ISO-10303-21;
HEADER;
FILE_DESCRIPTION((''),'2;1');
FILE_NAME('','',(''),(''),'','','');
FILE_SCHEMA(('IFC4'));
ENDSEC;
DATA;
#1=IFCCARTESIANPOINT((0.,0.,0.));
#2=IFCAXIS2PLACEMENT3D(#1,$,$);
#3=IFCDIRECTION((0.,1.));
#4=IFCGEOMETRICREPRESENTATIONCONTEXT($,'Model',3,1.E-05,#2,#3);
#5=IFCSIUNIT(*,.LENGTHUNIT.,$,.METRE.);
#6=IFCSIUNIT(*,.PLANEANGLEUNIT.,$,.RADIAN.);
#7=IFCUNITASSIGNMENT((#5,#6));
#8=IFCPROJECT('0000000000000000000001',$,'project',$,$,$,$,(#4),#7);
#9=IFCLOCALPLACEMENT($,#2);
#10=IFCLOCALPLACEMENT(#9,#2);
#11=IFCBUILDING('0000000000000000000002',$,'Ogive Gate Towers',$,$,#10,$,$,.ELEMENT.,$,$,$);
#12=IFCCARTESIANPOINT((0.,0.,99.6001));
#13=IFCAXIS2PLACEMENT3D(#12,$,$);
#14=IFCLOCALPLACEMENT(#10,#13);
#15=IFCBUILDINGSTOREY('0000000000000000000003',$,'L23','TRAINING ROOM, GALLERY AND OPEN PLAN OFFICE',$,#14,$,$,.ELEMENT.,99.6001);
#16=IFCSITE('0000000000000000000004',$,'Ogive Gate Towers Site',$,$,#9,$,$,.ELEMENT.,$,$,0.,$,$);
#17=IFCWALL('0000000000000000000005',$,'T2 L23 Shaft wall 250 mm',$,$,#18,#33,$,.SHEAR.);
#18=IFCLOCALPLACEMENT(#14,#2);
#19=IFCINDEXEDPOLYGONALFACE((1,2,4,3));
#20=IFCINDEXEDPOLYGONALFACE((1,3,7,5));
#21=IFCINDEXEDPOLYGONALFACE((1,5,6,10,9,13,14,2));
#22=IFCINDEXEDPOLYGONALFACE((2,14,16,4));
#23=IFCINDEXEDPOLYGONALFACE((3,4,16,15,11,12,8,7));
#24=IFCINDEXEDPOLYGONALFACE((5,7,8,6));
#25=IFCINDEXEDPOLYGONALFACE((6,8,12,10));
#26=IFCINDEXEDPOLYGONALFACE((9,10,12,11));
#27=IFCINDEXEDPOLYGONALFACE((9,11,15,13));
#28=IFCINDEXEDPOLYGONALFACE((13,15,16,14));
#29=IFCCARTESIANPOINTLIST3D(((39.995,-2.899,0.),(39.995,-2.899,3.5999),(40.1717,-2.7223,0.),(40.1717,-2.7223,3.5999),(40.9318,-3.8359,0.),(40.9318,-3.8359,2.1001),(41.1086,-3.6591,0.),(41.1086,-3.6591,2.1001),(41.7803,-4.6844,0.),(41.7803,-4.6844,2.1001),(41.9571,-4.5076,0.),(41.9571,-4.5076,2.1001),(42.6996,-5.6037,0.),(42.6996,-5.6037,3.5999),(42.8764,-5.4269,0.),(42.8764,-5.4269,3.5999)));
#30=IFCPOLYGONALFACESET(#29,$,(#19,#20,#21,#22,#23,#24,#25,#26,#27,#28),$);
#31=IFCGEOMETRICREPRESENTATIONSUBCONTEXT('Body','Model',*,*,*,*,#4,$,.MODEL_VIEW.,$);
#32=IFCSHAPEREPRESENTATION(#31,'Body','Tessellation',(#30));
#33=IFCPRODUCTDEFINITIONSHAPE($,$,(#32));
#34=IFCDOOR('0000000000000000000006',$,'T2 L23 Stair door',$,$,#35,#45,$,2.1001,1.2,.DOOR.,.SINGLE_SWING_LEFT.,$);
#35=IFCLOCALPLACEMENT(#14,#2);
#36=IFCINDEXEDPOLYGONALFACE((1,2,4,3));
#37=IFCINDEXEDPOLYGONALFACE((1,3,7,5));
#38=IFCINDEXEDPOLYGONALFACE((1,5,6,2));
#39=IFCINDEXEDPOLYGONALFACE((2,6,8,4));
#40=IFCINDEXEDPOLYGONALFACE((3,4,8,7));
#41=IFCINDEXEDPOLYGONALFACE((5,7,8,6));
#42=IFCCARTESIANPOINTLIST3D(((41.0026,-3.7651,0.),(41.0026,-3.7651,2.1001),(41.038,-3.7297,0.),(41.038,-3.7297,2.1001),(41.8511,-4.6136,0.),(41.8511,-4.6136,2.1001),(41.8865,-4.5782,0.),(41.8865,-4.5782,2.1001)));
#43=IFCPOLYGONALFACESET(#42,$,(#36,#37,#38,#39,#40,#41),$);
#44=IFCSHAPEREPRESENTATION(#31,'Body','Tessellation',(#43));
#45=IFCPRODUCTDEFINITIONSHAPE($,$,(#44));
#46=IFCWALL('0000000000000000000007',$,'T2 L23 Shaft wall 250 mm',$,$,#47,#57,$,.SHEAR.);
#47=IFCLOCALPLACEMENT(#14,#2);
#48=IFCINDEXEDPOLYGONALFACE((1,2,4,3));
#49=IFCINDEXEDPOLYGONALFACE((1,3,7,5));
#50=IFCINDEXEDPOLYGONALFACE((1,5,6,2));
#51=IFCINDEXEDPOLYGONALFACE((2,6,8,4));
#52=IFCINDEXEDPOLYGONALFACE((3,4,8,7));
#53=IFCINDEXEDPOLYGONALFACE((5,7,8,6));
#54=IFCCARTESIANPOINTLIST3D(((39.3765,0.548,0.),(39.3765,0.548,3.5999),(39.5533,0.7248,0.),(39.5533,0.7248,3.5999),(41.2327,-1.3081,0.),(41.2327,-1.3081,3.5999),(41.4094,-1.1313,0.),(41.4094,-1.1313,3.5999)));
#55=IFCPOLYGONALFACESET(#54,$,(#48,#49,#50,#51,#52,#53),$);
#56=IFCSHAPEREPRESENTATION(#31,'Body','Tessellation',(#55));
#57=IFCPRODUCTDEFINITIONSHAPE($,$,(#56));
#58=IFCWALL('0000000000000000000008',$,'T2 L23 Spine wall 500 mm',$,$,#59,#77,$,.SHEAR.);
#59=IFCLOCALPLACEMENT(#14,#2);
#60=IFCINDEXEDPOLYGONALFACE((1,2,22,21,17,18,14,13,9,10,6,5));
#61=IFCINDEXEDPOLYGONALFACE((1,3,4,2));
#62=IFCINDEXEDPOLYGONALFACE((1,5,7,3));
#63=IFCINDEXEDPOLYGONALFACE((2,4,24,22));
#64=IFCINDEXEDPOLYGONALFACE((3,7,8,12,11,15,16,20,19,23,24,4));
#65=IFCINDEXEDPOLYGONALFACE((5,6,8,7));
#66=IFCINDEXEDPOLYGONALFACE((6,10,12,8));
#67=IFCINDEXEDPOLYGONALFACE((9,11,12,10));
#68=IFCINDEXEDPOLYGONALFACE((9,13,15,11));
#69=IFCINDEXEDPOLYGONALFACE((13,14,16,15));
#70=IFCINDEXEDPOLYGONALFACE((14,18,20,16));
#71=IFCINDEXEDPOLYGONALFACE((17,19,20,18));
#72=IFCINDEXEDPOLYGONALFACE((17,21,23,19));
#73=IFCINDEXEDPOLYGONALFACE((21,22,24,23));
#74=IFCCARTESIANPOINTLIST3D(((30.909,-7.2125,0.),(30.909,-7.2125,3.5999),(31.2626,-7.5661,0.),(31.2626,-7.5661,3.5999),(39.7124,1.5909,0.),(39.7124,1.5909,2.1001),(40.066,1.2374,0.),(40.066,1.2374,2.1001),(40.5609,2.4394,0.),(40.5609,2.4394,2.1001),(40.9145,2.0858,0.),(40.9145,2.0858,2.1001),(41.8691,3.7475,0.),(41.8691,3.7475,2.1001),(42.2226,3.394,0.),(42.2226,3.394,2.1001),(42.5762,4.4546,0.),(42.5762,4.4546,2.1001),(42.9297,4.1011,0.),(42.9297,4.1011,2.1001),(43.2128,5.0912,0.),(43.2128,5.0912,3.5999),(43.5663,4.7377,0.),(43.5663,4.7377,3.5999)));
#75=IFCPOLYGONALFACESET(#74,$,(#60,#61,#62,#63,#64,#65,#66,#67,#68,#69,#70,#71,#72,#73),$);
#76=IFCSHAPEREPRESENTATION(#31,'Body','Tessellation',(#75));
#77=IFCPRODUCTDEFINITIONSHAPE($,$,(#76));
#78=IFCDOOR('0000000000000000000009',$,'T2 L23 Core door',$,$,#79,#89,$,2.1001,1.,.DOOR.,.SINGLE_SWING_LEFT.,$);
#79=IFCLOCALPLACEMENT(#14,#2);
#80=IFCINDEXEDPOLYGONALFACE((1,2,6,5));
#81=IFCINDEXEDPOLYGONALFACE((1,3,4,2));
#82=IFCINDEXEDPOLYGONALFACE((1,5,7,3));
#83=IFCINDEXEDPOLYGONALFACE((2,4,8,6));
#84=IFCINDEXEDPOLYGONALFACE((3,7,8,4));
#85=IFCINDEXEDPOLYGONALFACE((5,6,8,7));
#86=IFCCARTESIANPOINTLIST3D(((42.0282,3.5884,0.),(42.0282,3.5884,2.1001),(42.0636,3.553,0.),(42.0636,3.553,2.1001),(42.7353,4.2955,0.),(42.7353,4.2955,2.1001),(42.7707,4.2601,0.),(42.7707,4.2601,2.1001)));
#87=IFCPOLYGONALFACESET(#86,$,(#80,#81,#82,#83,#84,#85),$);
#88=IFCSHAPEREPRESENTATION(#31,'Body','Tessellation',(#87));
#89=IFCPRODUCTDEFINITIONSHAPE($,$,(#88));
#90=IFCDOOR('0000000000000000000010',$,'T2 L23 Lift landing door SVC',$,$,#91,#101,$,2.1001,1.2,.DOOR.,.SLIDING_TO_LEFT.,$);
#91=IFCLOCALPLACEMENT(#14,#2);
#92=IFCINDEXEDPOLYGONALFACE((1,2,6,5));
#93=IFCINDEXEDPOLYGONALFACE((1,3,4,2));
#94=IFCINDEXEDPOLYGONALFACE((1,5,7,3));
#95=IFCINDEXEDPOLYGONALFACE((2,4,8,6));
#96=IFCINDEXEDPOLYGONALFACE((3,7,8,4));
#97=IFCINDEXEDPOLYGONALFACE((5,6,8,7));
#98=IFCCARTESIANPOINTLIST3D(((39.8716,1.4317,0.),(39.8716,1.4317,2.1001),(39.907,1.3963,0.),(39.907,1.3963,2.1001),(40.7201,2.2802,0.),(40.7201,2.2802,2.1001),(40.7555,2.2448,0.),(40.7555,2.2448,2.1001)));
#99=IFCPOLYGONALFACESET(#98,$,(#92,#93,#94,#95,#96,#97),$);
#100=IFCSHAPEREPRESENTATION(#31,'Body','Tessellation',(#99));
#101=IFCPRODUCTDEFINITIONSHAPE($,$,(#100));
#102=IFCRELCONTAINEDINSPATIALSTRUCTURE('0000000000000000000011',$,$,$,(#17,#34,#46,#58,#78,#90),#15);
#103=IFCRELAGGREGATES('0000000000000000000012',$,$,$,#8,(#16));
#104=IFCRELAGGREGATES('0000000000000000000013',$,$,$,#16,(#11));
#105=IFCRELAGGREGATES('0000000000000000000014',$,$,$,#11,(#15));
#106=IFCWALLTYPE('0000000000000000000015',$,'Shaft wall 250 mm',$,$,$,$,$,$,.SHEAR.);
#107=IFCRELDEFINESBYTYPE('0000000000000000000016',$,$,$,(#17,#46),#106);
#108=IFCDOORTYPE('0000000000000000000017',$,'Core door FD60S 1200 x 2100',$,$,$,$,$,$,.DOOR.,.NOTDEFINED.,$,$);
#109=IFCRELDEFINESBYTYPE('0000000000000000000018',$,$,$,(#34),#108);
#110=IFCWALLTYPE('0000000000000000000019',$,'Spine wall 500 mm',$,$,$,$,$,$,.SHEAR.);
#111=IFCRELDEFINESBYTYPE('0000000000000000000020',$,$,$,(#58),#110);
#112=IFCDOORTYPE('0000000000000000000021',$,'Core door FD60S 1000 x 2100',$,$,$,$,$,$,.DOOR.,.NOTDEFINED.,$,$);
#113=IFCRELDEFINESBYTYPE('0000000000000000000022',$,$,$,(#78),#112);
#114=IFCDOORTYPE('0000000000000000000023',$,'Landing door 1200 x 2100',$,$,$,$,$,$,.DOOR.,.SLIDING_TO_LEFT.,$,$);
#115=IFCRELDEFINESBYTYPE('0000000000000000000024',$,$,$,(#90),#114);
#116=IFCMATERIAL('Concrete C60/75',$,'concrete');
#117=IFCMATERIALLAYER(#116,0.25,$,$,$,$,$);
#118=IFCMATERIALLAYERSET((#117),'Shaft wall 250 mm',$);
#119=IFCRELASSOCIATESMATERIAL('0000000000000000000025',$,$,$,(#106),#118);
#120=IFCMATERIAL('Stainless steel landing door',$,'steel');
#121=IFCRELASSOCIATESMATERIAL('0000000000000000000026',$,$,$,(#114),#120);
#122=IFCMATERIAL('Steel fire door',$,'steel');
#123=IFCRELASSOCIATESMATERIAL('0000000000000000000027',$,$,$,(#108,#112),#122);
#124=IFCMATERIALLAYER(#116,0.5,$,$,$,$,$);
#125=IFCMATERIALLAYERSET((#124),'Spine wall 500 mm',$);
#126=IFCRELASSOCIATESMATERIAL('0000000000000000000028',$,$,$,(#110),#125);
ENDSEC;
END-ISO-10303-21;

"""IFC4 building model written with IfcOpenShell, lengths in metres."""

from ifc_helpers import new_model, si_unit, direction, frame, frame_2d, origin, place, context, subcontext, project, spatial, rectangle, extrude, material, layer, layer_set, type_object, element, fill, save


model = new_model("IFC4")

# Units and contexts
model_context = context("Model", 3, precision=1e-05, world=origin(), true_north=direction((0.0, 1.0)))
body_context = subcontext(model_context, "Body", "Model", "MODEL_VIEW")
ifc_project = project(units=[si_unit("LENGTHUNIT", "METRE"), si_unit("PLANEANGLEUNIT", "RADIAN")], contexts=[model_context])

# Site, building, storey
site_placement = place(None, origin())
site = spatial("IfcSite", under=ifc_project, at=site_placement, Name="Ogive Gate Towers Site", CompositionType="ELEMENT", RefElevation=0.0)
building_placement = place(site_placement, origin())
building = spatial("IfcBuilding", under=site, at=building_placement, Name="Ogive Gate Towers", CompositionType="ELEMENT")
storey_placement = place(building_placement, frame((0.0, 0.0, 99.6001)))
storey = spatial("IfcBuildingStorey", under=building, at=storey_placement, Name="L23", Description="TRAINING ROOM, GALLERY AND OPEN PLAN OFFICE", CompositionType="ELEMENT", Elevation=99.6001)

# Shared definitions
ifc_material_1 = material(Name="Concrete C60/75", Category="concrete")
ifc_layer_1 = layer(ifc_material_1, 0.25)
ifc_layer_set_1 = layer_set([ifc_layer_1], Name="Shaft wall 250 mm")
wall_type_1 = type_object("IfcWallType", Name="Shaft wall 250 mm", PredefinedType="SHEAR", material=ifc_layer_set_1)

# Wall, opening, door
ifc_material_2 = material(Name="Stainless steel landing door", Category="steel")
door_type_1 = type_object("IfcDoorType", Name="Landing door 1200 x 2100", OperationType="SLIDING_TO_LEFT", PredefinedType="DOOR", material=ifc_material_2)
wall_1_placement = place(storey_placement, frame((42.7881, -5.5154, 0.0), z_axis=(0.0, 0.0, 1.0), x_axis=(-0.707107, 0.707107, 0.0)))
wall_1 = element("IfcWall", 1, at=wall_1_placement, inside=storey, type_object=wall_type_1, Name="T2 L23 Shaft wall 250 mm", PredefinedType="SHEAR", context=body_context, shape_type="SweptSolid", body=[
    extrude(rectangle(XDim=3.825, YDim=0.25, at=frame_2d((1.9126, 0.0))), origin(), (0.0, 0.0, 1.0), 3.5999),
])
opening_1_placement = place(wall_1_placement, frame((1.3, 0.0, 0.0)))
opening_1 = element("IfcOpeningElement", 2, at=opening_1_placement, cuts=wall_1, PredefinedType="OPENING", context=body_context, shape_type="SweptSolid", body=[
    extrude(rectangle(XDim=1.2, YDim=2.1001, at=frame_2d((0.6001, 1.05))), frame((0.0, 0.135, 0.0), z_axis=(0.0, -1.0, 0.0), x_axis=(1.0, 0.0, 0.0)), (0.0, 0.0, 1.0), 0.27),
])
ifc_material_3 = material(Name="Steel fire door", Category="steel")
door_type_2 = type_object("IfcDoorType", Name="Core door FD60S 1200 x 2100", OperationType="NOTDEFINED", PredefinedType="DOOR", material=ifc_material_3)
door_1_placement = place(opening_1_placement, origin())
door_1 = element("IfcDoor", 3, at=door_1_placement, inside=storey, type_object=door_type_2, Name="T2 L23 Stair door", OperationType="SINGLE_SWING_LEFT", OverallHeight=2.1001, OverallWidth=1.2, PredefinedType="DOOR", context=body_context, shape_type="SweptSolid", body=[
    extrude(rectangle(XDim=1.2, YDim=2.1001, at=frame_2d((0.6001, 1.05))), frame((0.0, 0.0249, 0.0), z_axis=(0.0, -1.0, 0.0), x_axis=(1.0, 0.0, 0.0)), (0.0, 0.0, 1.0), 0.05),
])
fill(opening_1, door_1)

# Wall
wall_2_placement = place(storey_placement, frame((41.321, -1.2197, 0.0), z_axis=(0.0, 0.0, 1.0), x_axis=(-0.707107, 0.707107, 0.0)))
element("IfcWall", 4, at=wall_2_placement, inside=storey, type_object=wall_type_1, Name="T2 L23 Shaft wall 250 mm", PredefinedType="SHEAR", context=body_context, shape_type="SweptSolid", body=[
    extrude(rectangle(XDim=2.625, YDim=0.25, at=frame_2d((1.3125, 0.0))), origin(), (0.0, 0.0, 1.0), 3.5999),
])

# Wall, openings, doors
ifc_layer_2 = layer(ifc_material_1, 0.5)
ifc_layer_set_2 = layer_set([ifc_layer_2], Name="Spine wall 500 mm")
wall_type_2 = type_object("IfcWallType", Name="Spine wall 500 mm", PredefinedType="SHEAR", material=ifc_layer_set_2)
wall_3_placement = place(storey_placement, frame((31.0857, -7.3894, 0.0), z_axis=(0.0, 0.0, 1.0), x_axis=(0.707107, 0.707107, 0.0)))
wall_3 = element("IfcWall", 5, at=wall_3_placement, inside=storey, type_object=wall_type_2, Name="T2 L23 Spine wall 500 mm", PredefinedType="SHEAR", context=body_context, shape_type="SweptSolid", body=[
    extrude(rectangle(XDim=17.4001, YDim=0.5, at=frame_2d((8.7002, 0.0))), origin(), (0.0, 0.0, 1.0), 3.5999),
])
opening_2_placement = place(wall_3_placement, frame((12.45, 0.0, 0.0)))
opening_2 = element("IfcOpeningElement", 6, at=opening_2_placement, cuts=wall_3, PredefinedType="OPENING", context=body_context, shape_type="SweptSolid", body=[
    extrude(rectangle(XDim=1.2, YDim=2.1001, at=frame_2d((0.6001, 1.05))), frame((0.0, 0.26, 0.0), z_axis=(0.0, -1.0, 0.0), x_axis=(1.0, 0.0, 0.0)), (0.0, 0.0, 1.0), 0.52),
])
opening_3_placement = place(wall_3_placement, frame((15.5, 0.0, 0.0)))
opening_3 = element("IfcOpeningElement", 7, at=opening_3_placement, cuts=wall_3, PredefinedType="OPENING", context=body_context, shape_type="SweptSolid", body=[
    extrude(rectangle(XDim=1.0, YDim=2.1001, at=frame_2d((0.5, 1.05))), frame((0.0, 0.26, 0.0), z_axis=(0.0, -1.0, 0.0), x_axis=(1.0, 0.0, 0.0)), (0.0, 0.0, 1.0), 0.52),
])
door_type_3 = type_object("IfcDoorType", Name="Core door FD60S 1000 x 2100", OperationType="NOTDEFINED", PredefinedType="DOOR", material=ifc_material_3)
door_2_placement = place(opening_3_placement, origin())
door_2 = element("IfcDoor", 8, at=door_2_placement, inside=storey, type_object=door_type_3, Name="T2 L23 Core door", OperationType="SINGLE_SWING_LEFT", OverallHeight=2.1001, OverallWidth=1.0, PredefinedType="DOOR", context=body_context, shape_type="SweptSolid", body=[
    extrude(rectangle(XDim=1.0, YDim=2.1001, at=frame_2d((0.5, 1.05))), frame((0.0, 0.0249, 0.0), z_axis=(0.0, -1.0, 0.0), x_axis=(1.0, 0.0, 0.0)), (0.0, 0.0, 1.0), 0.05),
])
fill(opening_3, door_2)
door_3_placement = place(opening_2_placement, origin())
door_3 = element("IfcDoor", 9, at=door_3_placement, inside=storey, type_object=door_type_1, Name="T2 L23 Lift landing door SVC", OperationType="SLIDING_TO_LEFT", OverallHeight=2.1001, OverallWidth=1.2, PredefinedType="DOOR", context=body_context, shape_type="SweptSolid", body=[
    extrude(rectangle(XDim=1.2, YDim=2.1001, at=frame_2d((0.6001, 1.05))), frame((0.0, 0.0249, 0.0), z_axis=(0.0, -1.0, 0.0), x_axis=(1.0, 0.0, 0.0)), (0.0, 0.0, 1.0), 0.05),
])
fill(opening_2, door_3)

save(model, "model.ifc")
